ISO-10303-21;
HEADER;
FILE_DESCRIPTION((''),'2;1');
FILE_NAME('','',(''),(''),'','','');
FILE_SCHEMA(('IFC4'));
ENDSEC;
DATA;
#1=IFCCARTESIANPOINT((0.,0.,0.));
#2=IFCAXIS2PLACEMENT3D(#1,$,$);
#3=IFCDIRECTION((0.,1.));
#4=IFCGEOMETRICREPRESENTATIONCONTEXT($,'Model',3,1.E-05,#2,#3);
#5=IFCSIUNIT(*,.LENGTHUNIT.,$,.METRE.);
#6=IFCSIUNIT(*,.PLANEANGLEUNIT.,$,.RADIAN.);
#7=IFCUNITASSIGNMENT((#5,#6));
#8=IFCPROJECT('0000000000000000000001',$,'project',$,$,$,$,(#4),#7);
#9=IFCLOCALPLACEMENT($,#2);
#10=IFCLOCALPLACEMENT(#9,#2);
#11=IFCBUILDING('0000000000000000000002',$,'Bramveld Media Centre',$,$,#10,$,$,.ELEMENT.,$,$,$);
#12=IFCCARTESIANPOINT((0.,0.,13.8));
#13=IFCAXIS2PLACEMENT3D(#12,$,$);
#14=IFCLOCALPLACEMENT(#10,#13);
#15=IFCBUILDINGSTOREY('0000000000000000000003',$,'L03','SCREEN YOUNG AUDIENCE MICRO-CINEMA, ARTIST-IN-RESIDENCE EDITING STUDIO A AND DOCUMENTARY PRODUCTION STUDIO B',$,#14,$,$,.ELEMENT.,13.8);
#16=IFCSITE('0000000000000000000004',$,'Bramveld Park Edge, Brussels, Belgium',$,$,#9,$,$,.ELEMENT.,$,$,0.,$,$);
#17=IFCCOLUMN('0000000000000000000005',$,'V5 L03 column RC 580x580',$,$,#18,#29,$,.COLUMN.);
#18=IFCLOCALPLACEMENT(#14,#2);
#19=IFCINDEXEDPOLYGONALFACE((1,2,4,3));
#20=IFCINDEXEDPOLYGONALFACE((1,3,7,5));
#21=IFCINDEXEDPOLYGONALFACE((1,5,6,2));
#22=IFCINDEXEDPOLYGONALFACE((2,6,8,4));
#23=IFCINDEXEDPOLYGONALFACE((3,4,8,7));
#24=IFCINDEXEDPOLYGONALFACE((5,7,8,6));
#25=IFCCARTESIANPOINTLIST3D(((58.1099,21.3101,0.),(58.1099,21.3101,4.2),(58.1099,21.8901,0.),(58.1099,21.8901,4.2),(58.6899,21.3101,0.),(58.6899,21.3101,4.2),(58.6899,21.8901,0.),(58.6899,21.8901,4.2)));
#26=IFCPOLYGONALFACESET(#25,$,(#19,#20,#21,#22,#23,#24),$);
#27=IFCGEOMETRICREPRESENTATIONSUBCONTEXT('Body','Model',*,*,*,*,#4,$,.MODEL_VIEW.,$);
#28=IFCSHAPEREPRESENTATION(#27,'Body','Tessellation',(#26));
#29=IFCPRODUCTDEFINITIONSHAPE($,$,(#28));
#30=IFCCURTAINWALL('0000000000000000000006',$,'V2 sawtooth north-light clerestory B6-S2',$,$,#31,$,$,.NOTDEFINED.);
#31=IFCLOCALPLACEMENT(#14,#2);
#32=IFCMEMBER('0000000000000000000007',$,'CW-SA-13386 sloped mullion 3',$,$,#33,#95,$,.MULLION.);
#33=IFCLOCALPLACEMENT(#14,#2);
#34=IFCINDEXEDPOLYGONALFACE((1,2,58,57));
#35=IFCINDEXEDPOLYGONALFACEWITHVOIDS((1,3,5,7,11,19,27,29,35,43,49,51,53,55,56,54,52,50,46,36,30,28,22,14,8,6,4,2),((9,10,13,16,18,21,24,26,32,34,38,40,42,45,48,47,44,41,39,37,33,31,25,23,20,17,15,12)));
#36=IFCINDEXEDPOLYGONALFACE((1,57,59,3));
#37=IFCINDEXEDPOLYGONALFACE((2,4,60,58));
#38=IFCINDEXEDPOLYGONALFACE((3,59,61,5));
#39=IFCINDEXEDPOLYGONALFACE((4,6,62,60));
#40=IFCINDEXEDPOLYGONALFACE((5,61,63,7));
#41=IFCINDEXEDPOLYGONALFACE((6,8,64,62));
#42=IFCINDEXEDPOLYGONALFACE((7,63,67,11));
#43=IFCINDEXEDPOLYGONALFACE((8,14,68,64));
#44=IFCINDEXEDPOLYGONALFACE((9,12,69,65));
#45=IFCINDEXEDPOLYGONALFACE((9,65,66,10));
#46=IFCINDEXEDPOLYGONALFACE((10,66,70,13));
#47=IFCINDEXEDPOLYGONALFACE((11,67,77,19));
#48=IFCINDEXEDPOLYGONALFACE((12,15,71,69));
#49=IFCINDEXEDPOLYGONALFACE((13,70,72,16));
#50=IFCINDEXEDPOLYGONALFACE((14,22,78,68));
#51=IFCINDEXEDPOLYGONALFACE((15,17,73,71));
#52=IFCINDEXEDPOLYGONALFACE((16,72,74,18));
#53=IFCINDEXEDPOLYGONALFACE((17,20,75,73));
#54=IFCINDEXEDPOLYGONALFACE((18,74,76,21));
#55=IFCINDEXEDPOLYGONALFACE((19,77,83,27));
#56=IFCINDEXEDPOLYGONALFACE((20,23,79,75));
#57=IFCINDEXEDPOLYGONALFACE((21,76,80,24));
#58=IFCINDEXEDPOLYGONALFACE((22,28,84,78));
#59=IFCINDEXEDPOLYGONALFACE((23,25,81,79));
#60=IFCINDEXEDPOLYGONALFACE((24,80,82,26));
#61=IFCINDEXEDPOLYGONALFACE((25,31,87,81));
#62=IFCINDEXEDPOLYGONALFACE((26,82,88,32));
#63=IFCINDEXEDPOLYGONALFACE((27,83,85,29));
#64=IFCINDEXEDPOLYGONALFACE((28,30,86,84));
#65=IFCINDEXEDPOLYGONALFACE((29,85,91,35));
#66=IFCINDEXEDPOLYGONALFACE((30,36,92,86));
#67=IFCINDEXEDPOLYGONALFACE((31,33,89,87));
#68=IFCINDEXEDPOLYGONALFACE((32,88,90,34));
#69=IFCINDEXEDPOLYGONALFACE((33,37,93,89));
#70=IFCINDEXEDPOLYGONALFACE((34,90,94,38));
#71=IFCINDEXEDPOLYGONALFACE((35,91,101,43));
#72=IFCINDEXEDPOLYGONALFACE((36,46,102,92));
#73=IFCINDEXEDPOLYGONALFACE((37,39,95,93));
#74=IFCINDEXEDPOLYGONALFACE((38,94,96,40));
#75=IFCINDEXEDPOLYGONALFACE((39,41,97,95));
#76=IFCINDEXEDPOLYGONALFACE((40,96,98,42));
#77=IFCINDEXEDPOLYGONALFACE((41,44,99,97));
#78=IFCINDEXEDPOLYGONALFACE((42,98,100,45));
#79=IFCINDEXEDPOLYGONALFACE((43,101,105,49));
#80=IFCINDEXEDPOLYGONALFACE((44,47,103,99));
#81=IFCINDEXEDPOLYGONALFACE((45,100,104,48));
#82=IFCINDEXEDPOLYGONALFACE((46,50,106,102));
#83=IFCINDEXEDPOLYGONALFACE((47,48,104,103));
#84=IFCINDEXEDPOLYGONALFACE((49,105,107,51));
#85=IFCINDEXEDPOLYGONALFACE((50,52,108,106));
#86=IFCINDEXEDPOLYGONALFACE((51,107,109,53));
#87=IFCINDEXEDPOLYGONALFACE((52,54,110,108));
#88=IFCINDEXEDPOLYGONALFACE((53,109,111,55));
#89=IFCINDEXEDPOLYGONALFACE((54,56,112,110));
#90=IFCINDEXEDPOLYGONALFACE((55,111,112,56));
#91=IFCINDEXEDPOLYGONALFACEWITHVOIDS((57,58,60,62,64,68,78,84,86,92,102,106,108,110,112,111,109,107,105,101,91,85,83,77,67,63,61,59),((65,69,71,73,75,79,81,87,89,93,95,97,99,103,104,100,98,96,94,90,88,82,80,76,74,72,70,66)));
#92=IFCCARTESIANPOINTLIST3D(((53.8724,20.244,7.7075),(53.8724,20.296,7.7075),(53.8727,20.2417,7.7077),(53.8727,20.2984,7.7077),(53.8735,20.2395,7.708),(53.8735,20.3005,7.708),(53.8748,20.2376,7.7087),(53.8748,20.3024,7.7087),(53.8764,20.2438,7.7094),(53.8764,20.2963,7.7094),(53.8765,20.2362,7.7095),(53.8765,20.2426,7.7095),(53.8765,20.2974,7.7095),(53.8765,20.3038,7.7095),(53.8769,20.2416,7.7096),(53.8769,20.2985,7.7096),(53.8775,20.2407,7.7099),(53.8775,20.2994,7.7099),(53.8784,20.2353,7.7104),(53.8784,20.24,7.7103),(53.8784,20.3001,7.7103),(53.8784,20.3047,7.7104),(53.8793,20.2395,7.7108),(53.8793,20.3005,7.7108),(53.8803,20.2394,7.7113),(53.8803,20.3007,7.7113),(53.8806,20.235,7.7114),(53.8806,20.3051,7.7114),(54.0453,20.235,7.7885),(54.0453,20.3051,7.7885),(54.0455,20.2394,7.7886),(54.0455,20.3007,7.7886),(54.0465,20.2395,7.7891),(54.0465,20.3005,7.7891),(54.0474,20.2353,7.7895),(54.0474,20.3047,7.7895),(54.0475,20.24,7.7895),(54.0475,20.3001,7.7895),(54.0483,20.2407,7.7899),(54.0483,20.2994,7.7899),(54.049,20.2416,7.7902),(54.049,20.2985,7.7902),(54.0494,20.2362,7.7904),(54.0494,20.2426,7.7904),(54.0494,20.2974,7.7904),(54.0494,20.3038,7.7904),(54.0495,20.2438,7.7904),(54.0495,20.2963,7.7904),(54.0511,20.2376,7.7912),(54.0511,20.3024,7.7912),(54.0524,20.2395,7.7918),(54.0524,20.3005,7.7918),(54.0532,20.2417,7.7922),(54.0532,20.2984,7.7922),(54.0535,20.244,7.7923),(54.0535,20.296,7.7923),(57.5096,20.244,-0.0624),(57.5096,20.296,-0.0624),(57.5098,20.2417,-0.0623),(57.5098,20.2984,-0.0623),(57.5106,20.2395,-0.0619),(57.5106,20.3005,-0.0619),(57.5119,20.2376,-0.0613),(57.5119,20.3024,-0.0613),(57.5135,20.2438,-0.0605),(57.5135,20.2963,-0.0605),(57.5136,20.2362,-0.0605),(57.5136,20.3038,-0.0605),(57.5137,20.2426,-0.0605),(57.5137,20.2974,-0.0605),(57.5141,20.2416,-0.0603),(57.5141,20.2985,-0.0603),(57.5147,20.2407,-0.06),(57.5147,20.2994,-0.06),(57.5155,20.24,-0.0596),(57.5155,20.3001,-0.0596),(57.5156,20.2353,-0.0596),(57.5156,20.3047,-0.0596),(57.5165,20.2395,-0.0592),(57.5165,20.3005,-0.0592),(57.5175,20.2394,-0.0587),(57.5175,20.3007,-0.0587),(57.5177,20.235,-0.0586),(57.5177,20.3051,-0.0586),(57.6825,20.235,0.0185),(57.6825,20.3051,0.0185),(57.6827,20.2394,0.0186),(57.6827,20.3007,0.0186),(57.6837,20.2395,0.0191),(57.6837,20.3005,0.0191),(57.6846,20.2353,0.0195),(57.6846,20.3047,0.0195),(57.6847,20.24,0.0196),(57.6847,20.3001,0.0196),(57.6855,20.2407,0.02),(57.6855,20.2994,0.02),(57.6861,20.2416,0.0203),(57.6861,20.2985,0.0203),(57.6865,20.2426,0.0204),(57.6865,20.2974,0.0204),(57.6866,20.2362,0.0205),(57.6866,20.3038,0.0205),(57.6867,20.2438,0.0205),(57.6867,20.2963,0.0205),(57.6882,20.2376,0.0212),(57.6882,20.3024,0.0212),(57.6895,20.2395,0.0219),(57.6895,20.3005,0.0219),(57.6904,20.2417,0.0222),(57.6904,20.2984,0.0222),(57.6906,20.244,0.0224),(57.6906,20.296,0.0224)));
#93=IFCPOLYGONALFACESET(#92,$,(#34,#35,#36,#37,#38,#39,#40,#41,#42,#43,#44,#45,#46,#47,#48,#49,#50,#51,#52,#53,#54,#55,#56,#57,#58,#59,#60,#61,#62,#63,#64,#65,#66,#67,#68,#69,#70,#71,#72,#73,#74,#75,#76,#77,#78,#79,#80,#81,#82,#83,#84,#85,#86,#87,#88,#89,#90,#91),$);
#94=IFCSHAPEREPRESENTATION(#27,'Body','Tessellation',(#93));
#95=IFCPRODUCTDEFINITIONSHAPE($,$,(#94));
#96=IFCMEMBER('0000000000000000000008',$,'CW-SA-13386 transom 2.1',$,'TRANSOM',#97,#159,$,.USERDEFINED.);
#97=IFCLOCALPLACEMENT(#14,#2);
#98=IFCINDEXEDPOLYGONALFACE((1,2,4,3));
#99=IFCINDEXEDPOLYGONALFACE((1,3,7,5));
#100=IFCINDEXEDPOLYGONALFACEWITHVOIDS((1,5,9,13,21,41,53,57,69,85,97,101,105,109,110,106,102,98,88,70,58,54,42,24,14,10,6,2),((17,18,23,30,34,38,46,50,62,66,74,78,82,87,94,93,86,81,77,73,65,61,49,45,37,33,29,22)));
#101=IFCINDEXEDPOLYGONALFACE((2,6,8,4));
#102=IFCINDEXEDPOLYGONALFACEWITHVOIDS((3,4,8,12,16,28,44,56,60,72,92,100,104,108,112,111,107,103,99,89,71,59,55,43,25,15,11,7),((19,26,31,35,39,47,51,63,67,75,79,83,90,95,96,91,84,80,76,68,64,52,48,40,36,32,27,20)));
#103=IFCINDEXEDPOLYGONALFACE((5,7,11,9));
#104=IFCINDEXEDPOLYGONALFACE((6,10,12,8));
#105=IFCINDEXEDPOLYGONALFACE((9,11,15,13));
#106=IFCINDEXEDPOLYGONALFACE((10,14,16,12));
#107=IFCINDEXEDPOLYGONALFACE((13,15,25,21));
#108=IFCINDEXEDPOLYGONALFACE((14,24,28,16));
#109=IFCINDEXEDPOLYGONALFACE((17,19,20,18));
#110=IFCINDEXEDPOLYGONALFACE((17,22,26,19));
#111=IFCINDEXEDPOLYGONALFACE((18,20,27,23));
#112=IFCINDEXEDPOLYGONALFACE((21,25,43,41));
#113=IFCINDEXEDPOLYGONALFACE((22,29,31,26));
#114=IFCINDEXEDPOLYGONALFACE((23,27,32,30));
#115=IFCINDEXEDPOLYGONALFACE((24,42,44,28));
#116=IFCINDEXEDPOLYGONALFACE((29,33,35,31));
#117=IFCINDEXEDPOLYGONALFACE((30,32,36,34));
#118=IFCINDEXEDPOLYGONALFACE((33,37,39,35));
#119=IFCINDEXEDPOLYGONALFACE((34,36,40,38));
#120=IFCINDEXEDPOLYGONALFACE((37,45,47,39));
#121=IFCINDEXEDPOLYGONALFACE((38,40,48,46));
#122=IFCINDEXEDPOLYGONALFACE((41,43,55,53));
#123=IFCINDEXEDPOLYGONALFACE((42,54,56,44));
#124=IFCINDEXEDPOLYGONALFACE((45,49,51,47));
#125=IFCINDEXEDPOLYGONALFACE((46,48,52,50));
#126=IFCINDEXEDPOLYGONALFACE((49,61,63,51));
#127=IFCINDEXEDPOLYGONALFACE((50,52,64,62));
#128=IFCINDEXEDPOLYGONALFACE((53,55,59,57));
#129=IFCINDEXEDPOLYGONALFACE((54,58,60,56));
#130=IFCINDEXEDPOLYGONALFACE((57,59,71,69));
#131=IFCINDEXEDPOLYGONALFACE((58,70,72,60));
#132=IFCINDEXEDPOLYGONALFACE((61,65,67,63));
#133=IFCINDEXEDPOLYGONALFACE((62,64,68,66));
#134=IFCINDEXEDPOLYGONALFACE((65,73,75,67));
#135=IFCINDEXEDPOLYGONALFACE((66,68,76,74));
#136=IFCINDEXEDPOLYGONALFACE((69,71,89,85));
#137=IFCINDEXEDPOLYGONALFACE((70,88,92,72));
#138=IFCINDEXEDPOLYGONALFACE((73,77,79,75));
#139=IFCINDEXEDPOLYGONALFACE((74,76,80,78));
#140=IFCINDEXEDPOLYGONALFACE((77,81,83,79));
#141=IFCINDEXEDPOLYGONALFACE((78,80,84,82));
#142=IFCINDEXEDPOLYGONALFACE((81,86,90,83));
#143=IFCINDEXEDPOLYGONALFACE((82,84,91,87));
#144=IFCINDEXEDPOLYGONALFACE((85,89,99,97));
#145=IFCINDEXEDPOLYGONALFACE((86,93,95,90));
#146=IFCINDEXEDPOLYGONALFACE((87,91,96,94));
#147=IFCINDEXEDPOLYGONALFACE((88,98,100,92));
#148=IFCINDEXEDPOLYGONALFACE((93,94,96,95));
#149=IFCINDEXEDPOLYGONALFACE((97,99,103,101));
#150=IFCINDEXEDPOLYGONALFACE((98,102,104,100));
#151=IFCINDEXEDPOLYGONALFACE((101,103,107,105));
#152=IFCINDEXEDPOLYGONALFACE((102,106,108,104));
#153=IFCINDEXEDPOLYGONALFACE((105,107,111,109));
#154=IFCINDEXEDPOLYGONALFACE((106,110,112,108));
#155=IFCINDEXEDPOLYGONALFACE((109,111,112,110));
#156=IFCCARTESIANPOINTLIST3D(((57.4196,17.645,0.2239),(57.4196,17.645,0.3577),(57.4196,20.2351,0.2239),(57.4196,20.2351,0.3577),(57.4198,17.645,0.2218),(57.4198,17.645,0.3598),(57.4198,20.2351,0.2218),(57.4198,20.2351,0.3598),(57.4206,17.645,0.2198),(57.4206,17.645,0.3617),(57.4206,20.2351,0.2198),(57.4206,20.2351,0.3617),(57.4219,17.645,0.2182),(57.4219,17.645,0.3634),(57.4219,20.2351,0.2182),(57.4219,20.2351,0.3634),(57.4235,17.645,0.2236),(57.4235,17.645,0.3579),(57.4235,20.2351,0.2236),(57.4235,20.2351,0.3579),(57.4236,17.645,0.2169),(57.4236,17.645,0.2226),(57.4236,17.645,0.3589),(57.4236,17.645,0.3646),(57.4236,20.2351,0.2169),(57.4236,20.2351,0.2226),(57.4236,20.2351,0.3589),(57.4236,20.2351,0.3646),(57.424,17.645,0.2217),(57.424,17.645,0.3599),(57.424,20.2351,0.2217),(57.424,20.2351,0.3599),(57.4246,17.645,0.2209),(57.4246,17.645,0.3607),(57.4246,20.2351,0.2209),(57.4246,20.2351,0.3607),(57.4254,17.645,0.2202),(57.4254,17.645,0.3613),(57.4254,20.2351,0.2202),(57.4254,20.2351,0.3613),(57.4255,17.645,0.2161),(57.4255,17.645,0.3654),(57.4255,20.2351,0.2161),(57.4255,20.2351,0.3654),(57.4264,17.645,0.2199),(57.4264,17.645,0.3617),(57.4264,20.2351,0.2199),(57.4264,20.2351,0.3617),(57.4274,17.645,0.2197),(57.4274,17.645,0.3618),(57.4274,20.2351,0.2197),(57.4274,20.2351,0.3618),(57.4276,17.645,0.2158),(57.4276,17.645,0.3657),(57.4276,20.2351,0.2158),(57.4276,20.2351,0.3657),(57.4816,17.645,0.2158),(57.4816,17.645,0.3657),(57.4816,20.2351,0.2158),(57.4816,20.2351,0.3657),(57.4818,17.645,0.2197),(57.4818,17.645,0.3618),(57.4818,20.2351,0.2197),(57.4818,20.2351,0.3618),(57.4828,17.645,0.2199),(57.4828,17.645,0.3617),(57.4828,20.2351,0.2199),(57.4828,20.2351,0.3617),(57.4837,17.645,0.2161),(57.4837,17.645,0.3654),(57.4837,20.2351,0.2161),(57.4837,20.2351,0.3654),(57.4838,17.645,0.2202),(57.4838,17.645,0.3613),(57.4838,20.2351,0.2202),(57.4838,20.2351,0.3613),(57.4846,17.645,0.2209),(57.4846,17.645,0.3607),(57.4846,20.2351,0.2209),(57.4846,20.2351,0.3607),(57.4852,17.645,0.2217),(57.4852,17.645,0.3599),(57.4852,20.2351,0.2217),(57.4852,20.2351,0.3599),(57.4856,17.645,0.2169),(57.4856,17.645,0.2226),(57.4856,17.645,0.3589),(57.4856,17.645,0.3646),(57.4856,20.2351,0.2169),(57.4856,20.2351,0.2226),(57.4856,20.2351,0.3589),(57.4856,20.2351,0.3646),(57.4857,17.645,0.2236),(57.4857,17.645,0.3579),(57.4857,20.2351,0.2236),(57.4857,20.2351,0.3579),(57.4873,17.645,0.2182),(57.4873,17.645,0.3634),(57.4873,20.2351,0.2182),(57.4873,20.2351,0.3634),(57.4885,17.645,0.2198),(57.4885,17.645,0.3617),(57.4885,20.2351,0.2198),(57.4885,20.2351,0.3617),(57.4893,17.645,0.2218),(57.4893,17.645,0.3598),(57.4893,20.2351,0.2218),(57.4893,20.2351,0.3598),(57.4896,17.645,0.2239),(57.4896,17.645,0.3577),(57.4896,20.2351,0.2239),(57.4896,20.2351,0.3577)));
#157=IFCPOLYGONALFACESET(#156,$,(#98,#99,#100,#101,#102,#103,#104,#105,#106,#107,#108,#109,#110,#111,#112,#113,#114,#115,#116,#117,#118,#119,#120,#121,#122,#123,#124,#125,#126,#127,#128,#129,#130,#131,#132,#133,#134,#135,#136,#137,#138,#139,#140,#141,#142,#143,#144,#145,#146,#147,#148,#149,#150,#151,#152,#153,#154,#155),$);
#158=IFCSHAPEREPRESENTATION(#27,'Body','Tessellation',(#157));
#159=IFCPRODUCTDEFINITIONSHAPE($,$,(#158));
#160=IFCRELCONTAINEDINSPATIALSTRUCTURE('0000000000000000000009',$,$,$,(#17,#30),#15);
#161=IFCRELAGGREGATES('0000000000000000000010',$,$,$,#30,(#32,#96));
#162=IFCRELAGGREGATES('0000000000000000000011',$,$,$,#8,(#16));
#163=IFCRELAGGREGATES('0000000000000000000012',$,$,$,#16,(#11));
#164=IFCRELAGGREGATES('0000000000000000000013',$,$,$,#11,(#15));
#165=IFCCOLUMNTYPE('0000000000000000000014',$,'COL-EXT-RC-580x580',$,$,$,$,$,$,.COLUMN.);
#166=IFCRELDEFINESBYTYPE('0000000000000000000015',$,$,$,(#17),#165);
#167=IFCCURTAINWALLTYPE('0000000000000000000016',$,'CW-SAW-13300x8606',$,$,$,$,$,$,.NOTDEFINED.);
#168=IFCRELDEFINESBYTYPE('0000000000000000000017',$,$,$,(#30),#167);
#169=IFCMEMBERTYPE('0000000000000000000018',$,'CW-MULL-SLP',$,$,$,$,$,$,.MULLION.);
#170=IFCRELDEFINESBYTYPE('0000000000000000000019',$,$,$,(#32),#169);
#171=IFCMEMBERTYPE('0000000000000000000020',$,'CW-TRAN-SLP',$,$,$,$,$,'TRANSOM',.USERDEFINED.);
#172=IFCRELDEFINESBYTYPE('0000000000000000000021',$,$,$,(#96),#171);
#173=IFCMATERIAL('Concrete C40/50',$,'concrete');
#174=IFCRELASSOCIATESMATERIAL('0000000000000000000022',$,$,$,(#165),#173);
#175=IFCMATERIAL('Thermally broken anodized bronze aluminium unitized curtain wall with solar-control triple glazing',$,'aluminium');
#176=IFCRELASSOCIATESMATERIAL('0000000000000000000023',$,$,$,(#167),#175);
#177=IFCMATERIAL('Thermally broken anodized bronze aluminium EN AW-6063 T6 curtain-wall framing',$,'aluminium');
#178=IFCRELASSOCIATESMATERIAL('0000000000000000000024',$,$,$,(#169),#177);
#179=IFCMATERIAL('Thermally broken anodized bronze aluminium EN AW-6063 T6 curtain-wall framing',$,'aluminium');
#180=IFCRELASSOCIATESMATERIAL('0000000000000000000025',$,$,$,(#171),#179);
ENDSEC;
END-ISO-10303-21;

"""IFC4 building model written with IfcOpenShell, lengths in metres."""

from ifc_helpers import new_model, si_unit, direction, frame, origin, origin_2d, place, context, subcontext, project, spatial, rectangle, hollow_rectangle, extrude, material, material_profile, profile_set, type_object, element, aggregate, save


model = new_model("IFC4")

# Units and contexts
model_context = context("Model", 3, precision=1e-05, world=origin(), true_north=direction((0.0, 1.0)))
body_context = subcontext(model_context, "Body", "Model", "MODEL_VIEW")
ifc_project = project(units=[si_unit("LENGTHUNIT", "METRE"), si_unit("PLANEANGLEUNIT", "RADIAN")], contexts=[model_context])

# Site, building, storey
site_placement = place(None, origin())
site = spatial("IfcSite", under=ifc_project, at=site_placement, Name="Bramveld Park Edge, Brussels, Belgium", CompositionType="ELEMENT", RefElevation=0.0)
building_placement = place(site_placement, origin())
building = spatial("IfcBuilding", under=site, at=building_placement, Name="Bramveld Media Centre", CompositionType="ELEMENT")
storey_placement = place(building_placement, frame((0.0, 0.0, 13.8)))
storey = spatial("IfcBuildingStorey", under=building, at=storey_placement, Name="L03", Description="SCREEN YOUNG AUDIENCE MICRO-CINEMA, ARTIST-IN-RESIDENCE EDITING STUDIO A AND DOCUMENTARY PRODUCTION STUDIO B", CompositionType="ELEMENT", Elevation=13.8)

# Column
ifc_material_1 = material(Name="Concrete C40/50", Category="concrete")
ifc_material_profile_1 = material_profile(ifc_material_1, rectangle(XDim=0.5801, YDim=0.5801, at=origin_2d()), Name="RC 580x580")
ifc_profile_set_1 = profile_set([ifc_material_profile_1], Name="Concrete C40/50")
column_type = type_object("IfcColumnType", Name="COL-EXT-RC-580x580", PredefinedType="COLUMN", material=ifc_profile_set_1)
column_placement = place(storey_placement, frame((58.3999, 21.6001, 0.0), z_axis=(0.0, 0.0, 1.0), x_axis=(1.0, 0.0, 0.0)))
element("IfcColumn", 1, at=column_placement, inside=storey, type_object=column_type, Name="V5 L03 column RC 580x580", PredefinedType="COLUMN", context=body_context, shape_type="SweptSolid", body=[
    extrude(rectangle(XDim=0.5801, YDim=0.5801, at=origin_2d()), origin(), (0.0, 0.0, 1.0), 4.2),
])

# Curtain wall, members
ifc_material_2 = material(Name="Thermally broken anodized bronze aluminium unitized curtain wall with solar-control triple glazing", Category="aluminium")
curtain_wall_type = type_object("IfcCurtainWallType", Name="CW-SAW-13300x8606", PredefinedType="NOTDEFINED", material=ifc_material_2)
curtain_wall_placement = place(storey_placement, origin())
curtain_wall = element("IfcCurtainWall", 2, at=curtain_wall_placement, inside=storey, type_object=curtain_wall_type, Name="V2 sawtooth north-light clerestory B6-S2", PredefinedType="NOTDEFINED")
ifc_material_3 = material(Name="Thermally broken anodized bronze aluminium EN AW-6063 T6 curtain-wall framing", Category="aluminium")
ifc_material_profile_2 = material_profile(ifc_material_3, hollow_rectangle(XDim=0.0701, YDim=0.2, WallThickness=0.0044, InnerFilletRadius=0.0044, OuterFilletRadius=0.009, at=origin_2d()), Name="AL-MULL 70x200")
ifc_profile_set_2 = profile_set([ifc_material_profile_2], Name="Thermally broken anodized bronze aluminium EN AW-6063 T6 curtain-wall framing")
member_type_1 = type_object("IfcMemberType", Name="CW-MULL-SLP", PredefinedType="MULLION", material=ifc_profile_set_2)
member_1_placement = place(storey_placement, frame((57.6001, 20.27, -0.02), z_axis=(-0.423957, 0.0, 0.905682), x_axis=(0.0, -1.0, 0.0)))
member_1 = element("IfcMember", 3, at=member_1_placement, type_object=member_type_1, Name="CW-SA-13386 sloped mullion 3", PredefinedType="MULLION", context=body_context, shape_type="SweptSolid", body=[
    extrude(hollow_rectangle(XDim=0.0701, YDim=0.2, WallThickness=0.0044, InnerFilletRadius=0.0044, OuterFilletRadius=0.009, at=origin_2d()), origin(), (0.0, 0.0, 1.0), 8.5791),
])
ifc_material_4 = material(Name="Thermally broken anodized bronze aluminium EN AW-6063 T6 curtain-wall framing", Category="aluminium")
ifc_material_profile_3 = material_profile(ifc_material_4, hollow_rectangle(XDim=0.0701, YDim=0.1499, WallThickness=0.0039, InnerFilletRadius=0.0039, OuterFilletRadius=0.0081, at=origin_2d()), Name="AL-TRAN 70x150")
ifc_profile_set_3 = profile_set([ifc_material_profile_3], Name="Thermally broken anodized bronze aluminium EN AW-6063 T6 curtain-wall framing")
member_type_2 = type_object("IfcMemberType", Name="CW-TRAN-SLP", ElementType="TRANSOM", PredefinedType="USERDEFINED", material=ifc_profile_set_3)
member_2_placement = place(storey_placement, frame((57.4546, 17.645, 0.2908), z_axis=(0.0, 1.0, 0.0), x_axis=(-1.0, 0.0, 0.0)))
member_2 = element("IfcMember", 4, at=member_2_placement, type_object=member_type_2, Name="CW-SA-13386 transom 2.1", ObjectType="TRANSOM", PredefinedType="USERDEFINED", context=body_context, shape_type="SweptSolid", body=[
    extrude(hollow_rectangle(XDim=0.0701, YDim=0.1499, WallThickness=0.0039, InnerFilletRadius=0.0039, OuterFilletRadius=0.0081, at=origin_2d()), origin(), (0.0, 0.0, 1.0), 2.5901),
])

aggregate(curtain_wall, [member_1, member_2])

save(model, "model.ifc")
